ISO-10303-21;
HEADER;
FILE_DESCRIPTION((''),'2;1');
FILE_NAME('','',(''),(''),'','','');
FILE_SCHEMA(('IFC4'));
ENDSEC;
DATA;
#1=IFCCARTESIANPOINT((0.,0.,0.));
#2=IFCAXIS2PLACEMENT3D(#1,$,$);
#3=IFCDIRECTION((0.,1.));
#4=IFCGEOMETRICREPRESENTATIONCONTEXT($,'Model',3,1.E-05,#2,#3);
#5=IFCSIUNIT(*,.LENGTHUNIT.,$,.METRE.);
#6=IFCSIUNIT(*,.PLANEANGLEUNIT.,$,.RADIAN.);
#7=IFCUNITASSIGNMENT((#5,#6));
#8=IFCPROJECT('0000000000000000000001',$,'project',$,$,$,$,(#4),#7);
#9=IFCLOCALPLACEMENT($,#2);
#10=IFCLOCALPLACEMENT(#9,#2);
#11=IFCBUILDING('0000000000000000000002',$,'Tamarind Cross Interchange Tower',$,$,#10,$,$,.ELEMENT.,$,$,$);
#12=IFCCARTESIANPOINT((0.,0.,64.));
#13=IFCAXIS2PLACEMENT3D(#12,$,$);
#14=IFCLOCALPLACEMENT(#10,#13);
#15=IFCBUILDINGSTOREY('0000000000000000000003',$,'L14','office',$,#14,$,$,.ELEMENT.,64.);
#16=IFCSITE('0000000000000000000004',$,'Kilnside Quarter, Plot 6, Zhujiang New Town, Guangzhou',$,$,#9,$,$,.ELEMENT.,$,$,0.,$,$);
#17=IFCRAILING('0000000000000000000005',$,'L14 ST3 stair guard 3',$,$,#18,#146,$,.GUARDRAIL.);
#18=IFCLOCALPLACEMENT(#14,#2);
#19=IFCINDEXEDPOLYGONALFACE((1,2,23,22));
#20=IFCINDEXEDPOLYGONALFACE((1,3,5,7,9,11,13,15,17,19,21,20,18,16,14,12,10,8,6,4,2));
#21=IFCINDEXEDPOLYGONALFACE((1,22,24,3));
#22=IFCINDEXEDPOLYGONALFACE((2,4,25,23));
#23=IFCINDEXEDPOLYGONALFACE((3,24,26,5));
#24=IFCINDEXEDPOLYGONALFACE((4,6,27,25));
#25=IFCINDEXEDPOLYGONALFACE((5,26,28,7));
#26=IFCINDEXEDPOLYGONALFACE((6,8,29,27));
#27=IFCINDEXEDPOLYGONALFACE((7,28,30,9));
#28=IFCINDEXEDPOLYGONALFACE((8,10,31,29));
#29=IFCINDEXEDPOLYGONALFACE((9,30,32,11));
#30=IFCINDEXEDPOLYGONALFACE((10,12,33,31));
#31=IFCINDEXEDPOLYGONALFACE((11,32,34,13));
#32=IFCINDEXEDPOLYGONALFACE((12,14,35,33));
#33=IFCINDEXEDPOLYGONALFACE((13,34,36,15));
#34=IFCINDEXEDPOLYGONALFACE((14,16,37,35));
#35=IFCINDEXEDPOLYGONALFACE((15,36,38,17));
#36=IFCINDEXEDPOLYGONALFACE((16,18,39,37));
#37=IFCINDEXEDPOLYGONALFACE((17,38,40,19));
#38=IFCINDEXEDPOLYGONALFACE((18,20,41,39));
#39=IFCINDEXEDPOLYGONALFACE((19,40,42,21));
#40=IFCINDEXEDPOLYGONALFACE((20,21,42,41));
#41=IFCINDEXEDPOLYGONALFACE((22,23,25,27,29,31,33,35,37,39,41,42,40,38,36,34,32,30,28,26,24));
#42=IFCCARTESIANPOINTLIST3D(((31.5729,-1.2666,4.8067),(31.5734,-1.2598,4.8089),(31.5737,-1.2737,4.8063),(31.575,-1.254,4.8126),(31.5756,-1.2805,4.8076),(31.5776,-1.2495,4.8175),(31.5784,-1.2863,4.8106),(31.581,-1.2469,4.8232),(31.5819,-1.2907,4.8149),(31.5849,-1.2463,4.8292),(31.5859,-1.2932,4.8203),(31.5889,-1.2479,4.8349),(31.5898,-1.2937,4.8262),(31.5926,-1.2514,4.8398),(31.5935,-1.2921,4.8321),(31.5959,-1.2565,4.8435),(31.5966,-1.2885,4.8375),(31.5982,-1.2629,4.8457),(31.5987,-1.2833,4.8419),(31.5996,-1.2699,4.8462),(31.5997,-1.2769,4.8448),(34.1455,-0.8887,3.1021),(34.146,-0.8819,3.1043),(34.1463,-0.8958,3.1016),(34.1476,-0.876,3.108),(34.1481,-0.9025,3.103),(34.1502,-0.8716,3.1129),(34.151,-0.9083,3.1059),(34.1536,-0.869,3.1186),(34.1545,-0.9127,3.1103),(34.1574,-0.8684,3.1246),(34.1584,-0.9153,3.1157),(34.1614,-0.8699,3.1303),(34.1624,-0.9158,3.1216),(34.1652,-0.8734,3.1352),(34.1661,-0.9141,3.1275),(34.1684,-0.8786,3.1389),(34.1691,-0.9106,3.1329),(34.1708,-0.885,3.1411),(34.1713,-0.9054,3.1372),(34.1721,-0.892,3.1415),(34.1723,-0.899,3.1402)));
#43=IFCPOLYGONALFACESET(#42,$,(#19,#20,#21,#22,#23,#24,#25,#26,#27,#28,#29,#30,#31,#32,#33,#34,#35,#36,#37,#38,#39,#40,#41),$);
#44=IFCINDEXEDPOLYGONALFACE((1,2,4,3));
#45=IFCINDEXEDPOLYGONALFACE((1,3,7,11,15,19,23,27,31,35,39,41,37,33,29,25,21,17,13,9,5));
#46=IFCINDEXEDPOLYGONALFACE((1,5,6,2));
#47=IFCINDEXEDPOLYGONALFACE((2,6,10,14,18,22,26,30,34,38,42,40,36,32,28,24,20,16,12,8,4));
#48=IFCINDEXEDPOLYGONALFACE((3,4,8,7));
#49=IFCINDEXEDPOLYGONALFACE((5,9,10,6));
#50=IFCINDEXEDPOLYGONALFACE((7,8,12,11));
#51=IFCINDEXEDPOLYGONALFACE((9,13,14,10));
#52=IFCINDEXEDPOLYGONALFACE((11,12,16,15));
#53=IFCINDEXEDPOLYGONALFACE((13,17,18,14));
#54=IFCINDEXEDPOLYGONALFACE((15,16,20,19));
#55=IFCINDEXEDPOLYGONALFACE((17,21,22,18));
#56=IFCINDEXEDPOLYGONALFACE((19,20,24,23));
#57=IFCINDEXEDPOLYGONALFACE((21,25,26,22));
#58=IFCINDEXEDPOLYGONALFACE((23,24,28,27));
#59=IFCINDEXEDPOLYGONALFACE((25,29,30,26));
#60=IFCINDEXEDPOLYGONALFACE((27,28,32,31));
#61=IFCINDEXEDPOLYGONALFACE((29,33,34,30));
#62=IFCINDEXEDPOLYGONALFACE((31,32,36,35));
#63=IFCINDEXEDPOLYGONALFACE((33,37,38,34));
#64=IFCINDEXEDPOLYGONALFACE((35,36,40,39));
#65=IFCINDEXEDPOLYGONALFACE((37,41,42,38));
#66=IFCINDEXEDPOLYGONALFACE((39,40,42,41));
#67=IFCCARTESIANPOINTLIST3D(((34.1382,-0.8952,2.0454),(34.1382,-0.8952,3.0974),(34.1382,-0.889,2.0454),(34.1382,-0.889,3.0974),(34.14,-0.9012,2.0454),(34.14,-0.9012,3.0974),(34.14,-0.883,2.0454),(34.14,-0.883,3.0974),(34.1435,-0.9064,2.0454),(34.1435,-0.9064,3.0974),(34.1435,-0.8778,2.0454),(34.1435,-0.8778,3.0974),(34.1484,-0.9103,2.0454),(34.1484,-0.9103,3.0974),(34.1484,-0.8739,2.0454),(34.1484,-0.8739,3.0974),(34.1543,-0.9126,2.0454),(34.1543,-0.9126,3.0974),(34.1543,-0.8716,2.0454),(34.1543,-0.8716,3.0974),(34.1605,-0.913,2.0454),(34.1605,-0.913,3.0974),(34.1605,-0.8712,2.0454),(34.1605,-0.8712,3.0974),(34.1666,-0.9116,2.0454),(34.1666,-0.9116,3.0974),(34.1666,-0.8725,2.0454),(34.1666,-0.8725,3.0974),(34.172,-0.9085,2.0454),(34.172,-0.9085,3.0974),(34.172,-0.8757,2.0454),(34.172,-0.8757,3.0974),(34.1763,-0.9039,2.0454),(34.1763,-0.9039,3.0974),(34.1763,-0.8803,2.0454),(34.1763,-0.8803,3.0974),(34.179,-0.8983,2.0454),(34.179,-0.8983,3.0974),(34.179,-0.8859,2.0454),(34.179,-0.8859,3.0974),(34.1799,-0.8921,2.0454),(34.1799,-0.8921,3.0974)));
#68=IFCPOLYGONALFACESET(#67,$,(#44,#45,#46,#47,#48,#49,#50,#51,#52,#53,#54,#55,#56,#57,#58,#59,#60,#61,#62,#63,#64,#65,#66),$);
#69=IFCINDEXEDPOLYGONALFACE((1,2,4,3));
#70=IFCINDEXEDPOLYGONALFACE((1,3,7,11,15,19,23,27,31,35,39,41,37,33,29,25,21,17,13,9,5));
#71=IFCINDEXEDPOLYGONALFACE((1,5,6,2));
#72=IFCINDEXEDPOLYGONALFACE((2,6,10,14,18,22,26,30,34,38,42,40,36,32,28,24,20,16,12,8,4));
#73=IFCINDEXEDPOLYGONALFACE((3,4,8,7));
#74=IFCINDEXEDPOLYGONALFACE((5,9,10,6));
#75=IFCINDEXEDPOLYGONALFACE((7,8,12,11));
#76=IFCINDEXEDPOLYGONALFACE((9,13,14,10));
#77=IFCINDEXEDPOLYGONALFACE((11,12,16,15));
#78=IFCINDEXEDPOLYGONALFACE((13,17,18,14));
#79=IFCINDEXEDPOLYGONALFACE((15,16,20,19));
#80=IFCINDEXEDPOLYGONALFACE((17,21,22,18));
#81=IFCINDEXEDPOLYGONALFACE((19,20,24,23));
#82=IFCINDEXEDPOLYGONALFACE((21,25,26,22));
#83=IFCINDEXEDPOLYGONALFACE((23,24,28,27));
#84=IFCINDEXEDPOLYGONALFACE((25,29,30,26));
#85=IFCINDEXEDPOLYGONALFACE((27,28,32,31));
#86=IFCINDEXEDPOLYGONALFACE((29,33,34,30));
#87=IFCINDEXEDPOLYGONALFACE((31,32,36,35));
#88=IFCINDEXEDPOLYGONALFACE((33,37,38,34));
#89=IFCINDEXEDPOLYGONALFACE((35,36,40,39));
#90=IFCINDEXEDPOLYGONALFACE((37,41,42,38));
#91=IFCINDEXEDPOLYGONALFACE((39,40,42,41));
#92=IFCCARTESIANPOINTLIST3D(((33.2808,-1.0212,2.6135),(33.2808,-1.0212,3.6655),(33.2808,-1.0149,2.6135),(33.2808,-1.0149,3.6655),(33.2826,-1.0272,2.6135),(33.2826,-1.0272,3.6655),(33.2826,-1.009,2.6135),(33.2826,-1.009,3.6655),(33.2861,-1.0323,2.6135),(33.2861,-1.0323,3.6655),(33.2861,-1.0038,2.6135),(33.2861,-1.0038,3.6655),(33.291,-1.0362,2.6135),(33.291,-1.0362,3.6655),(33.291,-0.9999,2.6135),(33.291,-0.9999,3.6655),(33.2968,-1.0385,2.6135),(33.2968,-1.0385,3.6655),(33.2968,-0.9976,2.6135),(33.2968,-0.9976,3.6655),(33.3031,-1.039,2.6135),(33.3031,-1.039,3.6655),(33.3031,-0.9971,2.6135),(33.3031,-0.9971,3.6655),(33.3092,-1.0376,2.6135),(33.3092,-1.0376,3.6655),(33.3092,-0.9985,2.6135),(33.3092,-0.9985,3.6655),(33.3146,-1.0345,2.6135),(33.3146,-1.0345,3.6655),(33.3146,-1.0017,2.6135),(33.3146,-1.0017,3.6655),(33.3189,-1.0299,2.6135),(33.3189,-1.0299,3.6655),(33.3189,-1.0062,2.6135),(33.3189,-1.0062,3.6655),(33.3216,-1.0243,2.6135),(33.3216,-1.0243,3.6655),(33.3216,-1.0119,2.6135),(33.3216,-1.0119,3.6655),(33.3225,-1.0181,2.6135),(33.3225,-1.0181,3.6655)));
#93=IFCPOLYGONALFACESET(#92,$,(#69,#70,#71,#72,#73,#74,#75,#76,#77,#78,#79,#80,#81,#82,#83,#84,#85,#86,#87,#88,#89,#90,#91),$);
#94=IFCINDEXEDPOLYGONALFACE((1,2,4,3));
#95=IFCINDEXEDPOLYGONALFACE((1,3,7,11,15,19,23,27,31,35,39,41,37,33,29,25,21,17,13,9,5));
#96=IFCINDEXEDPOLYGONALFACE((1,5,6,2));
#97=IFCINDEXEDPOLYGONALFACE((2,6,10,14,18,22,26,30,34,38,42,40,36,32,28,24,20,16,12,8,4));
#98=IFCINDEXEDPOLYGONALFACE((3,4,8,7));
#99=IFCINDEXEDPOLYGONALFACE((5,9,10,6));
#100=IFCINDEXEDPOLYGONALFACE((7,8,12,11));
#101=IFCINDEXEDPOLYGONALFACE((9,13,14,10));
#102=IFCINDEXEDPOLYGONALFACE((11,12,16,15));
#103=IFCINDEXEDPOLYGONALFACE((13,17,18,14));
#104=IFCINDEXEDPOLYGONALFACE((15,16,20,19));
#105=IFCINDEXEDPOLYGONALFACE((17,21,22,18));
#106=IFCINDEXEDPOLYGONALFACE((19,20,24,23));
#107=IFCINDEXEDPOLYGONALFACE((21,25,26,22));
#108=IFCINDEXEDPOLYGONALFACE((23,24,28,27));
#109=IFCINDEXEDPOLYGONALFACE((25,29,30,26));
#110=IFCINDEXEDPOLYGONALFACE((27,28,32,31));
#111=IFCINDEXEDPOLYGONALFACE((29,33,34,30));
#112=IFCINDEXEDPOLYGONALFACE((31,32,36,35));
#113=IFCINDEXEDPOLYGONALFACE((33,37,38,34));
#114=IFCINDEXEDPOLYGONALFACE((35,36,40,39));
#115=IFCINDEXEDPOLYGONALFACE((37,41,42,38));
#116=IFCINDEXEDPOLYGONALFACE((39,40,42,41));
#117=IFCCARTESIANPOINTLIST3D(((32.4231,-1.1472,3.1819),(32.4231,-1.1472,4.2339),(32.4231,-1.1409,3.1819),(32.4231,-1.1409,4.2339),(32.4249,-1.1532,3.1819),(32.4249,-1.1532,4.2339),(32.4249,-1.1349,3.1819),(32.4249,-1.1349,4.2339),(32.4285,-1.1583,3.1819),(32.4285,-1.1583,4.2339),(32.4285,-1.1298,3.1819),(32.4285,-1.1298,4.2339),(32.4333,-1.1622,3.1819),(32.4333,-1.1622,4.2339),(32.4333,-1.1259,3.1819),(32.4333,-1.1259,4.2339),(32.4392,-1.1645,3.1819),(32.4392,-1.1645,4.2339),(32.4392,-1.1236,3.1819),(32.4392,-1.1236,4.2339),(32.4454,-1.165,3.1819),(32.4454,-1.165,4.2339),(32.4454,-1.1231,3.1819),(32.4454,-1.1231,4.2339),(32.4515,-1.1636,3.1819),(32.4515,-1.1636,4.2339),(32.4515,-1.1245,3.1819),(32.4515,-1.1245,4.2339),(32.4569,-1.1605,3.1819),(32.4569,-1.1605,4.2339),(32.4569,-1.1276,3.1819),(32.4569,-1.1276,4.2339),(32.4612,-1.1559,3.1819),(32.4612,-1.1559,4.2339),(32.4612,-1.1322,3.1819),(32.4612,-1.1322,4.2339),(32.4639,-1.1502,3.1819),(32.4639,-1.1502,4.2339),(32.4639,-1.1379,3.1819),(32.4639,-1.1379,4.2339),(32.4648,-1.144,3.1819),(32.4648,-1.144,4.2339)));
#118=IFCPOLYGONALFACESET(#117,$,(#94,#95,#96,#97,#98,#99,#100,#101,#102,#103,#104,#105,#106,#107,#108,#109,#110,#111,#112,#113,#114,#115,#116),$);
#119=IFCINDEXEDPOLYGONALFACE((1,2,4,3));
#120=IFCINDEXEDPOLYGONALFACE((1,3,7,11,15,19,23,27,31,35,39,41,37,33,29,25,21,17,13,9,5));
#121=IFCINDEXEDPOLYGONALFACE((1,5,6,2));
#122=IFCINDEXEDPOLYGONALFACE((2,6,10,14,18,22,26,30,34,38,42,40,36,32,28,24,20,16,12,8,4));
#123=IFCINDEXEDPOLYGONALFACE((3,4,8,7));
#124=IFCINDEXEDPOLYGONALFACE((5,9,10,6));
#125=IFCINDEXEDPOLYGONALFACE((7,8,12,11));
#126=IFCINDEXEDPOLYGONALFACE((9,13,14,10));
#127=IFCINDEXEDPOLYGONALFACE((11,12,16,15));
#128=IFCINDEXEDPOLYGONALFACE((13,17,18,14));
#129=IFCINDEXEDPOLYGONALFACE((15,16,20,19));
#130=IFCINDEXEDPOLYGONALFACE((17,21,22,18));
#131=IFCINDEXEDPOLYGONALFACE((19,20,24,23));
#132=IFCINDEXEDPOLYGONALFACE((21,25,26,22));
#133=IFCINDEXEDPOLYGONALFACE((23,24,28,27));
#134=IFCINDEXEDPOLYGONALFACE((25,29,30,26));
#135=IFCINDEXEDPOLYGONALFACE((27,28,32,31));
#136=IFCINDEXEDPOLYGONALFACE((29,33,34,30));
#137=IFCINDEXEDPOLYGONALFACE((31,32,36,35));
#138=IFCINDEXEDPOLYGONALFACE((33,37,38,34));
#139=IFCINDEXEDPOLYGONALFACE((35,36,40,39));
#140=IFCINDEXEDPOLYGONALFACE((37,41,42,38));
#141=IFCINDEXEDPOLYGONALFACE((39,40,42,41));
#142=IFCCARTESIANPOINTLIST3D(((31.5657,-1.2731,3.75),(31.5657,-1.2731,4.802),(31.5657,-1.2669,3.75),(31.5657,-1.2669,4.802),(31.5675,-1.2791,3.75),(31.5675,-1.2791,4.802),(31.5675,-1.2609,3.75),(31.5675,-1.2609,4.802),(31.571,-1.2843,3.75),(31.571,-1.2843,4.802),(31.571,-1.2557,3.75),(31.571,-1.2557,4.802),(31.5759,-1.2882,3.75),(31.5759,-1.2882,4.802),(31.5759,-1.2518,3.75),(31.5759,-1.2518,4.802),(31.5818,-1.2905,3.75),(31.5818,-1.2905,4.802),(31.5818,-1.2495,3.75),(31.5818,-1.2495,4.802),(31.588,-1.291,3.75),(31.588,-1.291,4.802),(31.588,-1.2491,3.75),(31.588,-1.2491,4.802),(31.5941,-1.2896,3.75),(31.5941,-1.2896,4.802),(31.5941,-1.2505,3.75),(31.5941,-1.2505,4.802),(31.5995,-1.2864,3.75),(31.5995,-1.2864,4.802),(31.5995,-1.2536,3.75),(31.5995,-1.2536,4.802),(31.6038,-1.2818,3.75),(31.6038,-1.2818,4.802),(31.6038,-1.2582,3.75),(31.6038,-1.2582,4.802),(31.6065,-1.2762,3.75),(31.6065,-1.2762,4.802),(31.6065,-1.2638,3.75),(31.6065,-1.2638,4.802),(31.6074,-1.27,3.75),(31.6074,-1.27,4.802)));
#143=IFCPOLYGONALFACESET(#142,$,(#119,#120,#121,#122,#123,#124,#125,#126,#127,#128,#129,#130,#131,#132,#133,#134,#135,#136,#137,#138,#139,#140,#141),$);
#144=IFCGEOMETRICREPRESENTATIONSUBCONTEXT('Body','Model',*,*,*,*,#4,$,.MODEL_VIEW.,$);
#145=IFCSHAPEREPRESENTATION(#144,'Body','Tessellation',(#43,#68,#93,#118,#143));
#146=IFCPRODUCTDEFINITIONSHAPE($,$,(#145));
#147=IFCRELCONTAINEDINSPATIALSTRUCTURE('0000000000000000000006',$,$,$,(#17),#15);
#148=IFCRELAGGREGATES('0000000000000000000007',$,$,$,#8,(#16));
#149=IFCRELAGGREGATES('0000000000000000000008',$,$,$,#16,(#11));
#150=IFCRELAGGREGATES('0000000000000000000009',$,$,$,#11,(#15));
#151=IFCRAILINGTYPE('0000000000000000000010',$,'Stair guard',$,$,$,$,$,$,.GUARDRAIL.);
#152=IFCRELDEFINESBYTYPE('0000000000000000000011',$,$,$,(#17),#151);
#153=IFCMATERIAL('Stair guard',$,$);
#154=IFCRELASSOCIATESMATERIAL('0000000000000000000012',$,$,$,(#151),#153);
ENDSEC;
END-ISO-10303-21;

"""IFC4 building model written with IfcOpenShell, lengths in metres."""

from ifc_helpers import new_model, si_unit, direction, frame, origin, origin_2d, place, context, subcontext, project, spatial, circle, extrude, material, type_object, element, save


model = new_model("IFC4")

# Units and contexts
model_context = context("Model", 3, precision=1e-05, world=origin(), true_north=direction((0.0, 1.0)))
body_context = subcontext(model_context, "Body", "Model", "MODEL_VIEW")
ifc_project = project(units=[si_unit("LENGTHUNIT", "METRE"), si_unit("PLANEANGLEUNIT", "RADIAN")], contexts=[model_context])

# Site, building, storey
site_placement = place(None, origin())
site = spatial("IfcSite", under=ifc_project, at=site_placement, Name="Kilnside Quarter, Plot 6, Zhujiang New Town, Guangzhou", CompositionType="ELEMENT", RefElevation=0.0)
building_placement = place(site_placement, origin())
building = spatial("IfcBuilding", under=site, at=building_placement, Name="Tamarind Cross Interchange Tower", CompositionType="ELEMENT")
storey_placement = place(building_placement, frame((0.0, 0.0, 64.0)))
storey = spatial("IfcBuildingStorey", under=building, at=storey_placement, Name="L14", Description="office", CompositionType="ELEMENT", Elevation=64.0)

# Railing
ifc_material_1 = material(Name="Stair guard")
railing_type_1 = type_object("IfcRailingType", Name="Stair guard", PredefinedType="GUARDRAIL", material=ifc_material_1)
railing_1_placement = place(storey_placement, frame((34.1589, -0.8921, 2.0454)))
element("IfcRailing", 1, at=railing_1_placement, inside=storey, type_object=railing_type_1, Name="L14 ST3 stair guard 3", PredefinedType="GUARDRAIL", context=body_context, shape_type="SweptSolid", body=[
    extrude(circle(Radius=0.0239, at=origin_2d()), frame((0.0, 0.0, 1.0762), z_axis=(-0.827423, -0.121557, 0.548265), x_axis=(0.145351, -0.98938, 0.0)), (0.0, 0.0, 1.0), 3.1091),
    extrude(circle(Radius=0.021, at=origin_2d()), origin(), (0.0, 0.0, 1.0), 1.052),
    extrude(circle(Radius=0.021, at=origin_2d()), frame((-0.8574, -0.126, 0.5681)), (0.0, 0.0, 1.0), 1.052),
    extrude(circle(Radius=0.021, at=origin_2d()), frame((-1.7151, -0.252, 1.1365)), (0.0, 0.0, 1.0), 1.052),
    extrude(circle(Radius=0.021, at=origin_2d()), frame((-2.5725, -0.3779, 1.7046)), (0.0, 0.0, 1.0), 1.052),
])

save(model, "model.ifc")
